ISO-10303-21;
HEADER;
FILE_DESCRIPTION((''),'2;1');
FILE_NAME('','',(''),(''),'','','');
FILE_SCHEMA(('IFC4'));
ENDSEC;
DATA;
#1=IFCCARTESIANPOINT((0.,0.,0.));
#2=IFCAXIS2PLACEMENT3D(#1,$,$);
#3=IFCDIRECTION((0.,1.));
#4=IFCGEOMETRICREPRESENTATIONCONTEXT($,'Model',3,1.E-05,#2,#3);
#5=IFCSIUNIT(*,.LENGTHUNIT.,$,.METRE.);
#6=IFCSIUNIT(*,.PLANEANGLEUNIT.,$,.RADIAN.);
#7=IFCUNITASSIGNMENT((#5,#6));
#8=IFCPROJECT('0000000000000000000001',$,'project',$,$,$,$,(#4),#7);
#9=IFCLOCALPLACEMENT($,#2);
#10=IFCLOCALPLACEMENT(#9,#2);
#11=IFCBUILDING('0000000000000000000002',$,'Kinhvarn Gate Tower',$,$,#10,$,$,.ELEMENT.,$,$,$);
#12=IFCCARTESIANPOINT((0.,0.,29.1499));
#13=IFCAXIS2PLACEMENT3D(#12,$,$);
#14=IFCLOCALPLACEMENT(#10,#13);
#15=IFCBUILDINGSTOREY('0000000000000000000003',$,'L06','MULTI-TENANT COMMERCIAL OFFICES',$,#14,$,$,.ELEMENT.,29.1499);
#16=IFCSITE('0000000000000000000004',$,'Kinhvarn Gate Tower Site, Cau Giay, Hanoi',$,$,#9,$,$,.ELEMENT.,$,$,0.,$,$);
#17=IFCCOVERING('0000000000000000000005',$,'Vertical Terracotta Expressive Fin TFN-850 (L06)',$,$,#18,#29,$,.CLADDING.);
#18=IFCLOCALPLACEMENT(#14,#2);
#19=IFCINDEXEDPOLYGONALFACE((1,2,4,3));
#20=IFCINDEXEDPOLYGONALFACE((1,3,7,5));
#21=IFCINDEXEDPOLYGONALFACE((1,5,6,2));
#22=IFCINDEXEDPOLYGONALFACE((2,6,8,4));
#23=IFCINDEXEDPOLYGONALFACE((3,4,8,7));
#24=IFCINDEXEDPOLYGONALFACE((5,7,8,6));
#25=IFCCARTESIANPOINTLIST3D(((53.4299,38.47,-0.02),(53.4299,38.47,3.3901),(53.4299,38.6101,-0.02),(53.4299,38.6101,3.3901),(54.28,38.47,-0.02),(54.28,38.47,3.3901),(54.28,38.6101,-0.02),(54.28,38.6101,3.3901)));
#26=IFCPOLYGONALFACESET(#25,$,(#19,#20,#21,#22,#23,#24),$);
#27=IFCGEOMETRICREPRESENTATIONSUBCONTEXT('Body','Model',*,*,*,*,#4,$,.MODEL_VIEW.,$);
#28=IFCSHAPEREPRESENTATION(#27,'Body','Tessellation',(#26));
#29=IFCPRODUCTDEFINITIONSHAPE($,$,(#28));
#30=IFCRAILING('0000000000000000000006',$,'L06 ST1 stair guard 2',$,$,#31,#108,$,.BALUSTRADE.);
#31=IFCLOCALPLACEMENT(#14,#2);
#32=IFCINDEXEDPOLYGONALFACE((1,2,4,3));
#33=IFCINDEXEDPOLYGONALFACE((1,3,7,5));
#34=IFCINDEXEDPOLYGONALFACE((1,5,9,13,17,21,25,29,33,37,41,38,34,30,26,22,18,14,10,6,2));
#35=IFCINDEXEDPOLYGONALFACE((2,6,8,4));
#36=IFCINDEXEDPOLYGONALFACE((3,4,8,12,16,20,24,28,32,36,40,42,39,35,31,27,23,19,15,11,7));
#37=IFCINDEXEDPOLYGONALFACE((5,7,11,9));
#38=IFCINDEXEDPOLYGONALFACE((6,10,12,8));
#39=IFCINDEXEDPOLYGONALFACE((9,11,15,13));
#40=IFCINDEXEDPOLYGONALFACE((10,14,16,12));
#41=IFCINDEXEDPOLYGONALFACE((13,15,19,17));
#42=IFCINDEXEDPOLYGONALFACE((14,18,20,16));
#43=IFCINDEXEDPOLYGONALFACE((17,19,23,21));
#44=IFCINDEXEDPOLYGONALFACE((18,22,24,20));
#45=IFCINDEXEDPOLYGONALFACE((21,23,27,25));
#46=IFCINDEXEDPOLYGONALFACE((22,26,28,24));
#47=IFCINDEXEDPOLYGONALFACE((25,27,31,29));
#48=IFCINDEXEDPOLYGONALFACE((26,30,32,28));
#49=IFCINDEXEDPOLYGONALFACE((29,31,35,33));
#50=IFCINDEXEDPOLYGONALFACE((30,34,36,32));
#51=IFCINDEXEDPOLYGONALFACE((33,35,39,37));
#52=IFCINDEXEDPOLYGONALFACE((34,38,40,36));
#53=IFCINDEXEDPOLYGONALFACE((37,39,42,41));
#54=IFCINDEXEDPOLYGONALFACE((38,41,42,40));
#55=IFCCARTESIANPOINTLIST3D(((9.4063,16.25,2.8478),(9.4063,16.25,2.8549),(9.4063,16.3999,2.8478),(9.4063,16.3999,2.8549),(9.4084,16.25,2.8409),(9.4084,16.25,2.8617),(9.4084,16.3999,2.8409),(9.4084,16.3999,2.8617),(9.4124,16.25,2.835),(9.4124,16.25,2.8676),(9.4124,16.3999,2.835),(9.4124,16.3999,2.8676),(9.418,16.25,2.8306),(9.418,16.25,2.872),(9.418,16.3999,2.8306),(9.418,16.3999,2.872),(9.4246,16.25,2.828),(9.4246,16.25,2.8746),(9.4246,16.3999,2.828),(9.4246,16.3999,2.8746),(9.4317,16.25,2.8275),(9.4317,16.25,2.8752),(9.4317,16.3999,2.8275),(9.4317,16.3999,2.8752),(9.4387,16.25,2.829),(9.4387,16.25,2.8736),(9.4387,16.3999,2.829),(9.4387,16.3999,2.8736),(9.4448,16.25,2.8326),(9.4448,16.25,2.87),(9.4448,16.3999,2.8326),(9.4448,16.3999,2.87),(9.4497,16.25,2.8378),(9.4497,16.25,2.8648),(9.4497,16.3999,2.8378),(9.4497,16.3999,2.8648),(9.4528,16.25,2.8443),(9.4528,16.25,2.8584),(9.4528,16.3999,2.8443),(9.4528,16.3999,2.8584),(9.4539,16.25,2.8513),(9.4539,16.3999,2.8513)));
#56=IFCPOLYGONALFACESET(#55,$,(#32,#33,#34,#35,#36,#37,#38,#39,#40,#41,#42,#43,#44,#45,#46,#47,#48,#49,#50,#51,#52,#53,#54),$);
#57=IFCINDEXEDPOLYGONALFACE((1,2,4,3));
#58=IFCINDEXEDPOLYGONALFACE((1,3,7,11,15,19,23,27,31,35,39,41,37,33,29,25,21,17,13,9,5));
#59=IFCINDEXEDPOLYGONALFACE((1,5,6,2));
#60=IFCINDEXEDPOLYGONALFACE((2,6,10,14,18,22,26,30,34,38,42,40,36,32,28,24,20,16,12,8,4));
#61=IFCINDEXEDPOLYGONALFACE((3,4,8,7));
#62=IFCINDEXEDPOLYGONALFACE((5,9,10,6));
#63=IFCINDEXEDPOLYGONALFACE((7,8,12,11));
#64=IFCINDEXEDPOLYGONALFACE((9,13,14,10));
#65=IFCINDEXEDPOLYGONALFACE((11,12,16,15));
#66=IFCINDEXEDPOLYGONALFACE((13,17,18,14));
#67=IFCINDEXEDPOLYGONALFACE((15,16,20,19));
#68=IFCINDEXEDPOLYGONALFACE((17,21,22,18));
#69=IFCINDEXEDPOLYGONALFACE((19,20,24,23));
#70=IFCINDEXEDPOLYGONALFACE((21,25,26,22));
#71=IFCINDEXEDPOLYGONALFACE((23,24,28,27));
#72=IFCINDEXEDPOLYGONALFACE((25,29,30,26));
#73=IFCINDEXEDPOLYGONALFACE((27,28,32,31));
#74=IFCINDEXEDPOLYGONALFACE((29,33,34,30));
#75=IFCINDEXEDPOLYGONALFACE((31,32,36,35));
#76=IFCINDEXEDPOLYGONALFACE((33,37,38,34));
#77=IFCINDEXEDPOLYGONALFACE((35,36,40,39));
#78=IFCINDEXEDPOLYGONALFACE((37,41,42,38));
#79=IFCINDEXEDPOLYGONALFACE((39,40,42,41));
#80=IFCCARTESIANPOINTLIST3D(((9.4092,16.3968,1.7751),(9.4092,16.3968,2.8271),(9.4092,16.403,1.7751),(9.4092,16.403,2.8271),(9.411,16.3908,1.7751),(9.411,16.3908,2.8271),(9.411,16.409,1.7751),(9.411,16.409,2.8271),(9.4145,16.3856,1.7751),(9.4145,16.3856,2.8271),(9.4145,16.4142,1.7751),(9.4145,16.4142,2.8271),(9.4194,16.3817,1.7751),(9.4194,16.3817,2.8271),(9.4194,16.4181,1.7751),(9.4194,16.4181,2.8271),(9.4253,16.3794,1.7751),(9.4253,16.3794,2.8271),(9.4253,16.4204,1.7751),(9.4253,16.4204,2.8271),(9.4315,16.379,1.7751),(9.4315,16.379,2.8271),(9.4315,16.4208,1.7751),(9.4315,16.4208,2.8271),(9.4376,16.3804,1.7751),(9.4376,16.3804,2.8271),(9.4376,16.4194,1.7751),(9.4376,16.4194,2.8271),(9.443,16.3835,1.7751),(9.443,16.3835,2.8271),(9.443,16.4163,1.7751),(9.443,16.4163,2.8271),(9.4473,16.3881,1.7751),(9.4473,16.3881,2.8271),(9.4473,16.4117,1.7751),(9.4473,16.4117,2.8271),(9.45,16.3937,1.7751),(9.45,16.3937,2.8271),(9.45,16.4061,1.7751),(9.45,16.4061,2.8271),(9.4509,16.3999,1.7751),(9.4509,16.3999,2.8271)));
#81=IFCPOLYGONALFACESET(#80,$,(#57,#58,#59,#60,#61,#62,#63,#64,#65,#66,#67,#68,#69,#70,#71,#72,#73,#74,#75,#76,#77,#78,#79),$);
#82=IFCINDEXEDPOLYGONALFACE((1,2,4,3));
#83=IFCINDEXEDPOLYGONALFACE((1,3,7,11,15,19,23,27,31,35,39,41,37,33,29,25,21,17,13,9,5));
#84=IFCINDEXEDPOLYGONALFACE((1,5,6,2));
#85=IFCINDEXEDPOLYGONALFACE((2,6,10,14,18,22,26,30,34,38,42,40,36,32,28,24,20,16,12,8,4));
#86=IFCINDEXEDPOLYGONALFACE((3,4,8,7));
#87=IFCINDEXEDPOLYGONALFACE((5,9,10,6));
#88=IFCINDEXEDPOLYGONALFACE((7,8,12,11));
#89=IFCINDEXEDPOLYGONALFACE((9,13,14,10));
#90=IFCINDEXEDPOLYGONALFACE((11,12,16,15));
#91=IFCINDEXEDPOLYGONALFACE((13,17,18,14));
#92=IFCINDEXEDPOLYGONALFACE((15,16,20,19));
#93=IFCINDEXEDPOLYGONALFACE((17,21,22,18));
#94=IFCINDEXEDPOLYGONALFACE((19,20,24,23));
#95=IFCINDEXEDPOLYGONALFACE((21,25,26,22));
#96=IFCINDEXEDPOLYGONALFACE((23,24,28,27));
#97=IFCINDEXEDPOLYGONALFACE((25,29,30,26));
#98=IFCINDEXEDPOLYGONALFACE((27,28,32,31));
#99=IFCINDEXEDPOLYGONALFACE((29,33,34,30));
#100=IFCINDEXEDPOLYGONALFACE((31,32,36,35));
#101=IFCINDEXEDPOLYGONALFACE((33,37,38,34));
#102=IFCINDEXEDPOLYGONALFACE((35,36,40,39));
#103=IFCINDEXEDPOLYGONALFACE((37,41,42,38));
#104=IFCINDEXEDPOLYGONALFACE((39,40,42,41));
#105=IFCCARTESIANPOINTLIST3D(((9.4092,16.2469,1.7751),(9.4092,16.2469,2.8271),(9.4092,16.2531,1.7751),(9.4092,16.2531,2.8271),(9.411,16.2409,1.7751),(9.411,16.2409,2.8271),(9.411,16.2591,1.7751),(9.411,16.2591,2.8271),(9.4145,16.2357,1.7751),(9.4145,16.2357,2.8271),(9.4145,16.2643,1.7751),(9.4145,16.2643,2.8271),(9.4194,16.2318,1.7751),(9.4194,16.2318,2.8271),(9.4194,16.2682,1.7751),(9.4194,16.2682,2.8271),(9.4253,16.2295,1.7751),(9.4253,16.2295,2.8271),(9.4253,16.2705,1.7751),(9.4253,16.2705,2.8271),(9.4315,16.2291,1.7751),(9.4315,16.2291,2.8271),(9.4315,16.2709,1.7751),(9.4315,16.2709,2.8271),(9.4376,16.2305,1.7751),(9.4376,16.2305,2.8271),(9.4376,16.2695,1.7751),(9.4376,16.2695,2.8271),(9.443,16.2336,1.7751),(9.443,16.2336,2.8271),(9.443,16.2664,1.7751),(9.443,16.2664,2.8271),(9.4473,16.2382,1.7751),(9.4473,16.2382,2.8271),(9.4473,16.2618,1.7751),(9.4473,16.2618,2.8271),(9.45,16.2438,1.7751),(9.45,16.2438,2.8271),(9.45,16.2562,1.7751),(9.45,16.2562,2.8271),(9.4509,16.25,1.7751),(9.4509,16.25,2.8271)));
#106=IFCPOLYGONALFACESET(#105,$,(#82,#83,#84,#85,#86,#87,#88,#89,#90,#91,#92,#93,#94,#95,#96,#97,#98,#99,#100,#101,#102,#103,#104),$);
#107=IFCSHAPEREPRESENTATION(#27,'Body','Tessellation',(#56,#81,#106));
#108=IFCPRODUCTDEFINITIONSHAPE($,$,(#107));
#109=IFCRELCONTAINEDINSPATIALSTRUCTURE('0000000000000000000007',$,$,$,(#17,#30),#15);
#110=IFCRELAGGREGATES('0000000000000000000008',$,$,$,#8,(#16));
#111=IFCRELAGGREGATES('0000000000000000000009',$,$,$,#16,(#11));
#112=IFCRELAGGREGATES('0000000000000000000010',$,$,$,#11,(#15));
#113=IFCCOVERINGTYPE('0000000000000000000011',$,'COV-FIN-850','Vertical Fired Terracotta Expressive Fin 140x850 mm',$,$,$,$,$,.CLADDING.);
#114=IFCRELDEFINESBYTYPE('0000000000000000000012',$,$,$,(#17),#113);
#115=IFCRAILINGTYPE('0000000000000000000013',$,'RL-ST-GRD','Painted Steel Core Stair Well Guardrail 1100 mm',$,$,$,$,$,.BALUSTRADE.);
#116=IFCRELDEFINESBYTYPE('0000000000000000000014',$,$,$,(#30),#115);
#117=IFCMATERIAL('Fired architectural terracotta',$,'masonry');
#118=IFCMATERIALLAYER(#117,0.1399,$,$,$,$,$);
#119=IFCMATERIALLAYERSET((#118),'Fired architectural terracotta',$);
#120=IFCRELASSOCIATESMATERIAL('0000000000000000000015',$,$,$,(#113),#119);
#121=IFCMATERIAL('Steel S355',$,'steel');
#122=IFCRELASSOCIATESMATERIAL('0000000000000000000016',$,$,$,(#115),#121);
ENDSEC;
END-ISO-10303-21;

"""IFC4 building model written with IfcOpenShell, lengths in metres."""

from ifc_helpers import new_model, si_unit, direction, frame, origin, origin_2d, place, context, subcontext, project, spatial, polyline, circle, outline, extrude, material, layer, layer_set, type_object, element, save


model = new_model("IFC4")

# Units and contexts
model_context = context("Model", 3, precision=1e-05, world=origin(), true_north=direction((0.0, 1.0)))
body_context = subcontext(model_context, "Body", "Model", "MODEL_VIEW")
ifc_project = project(units=[si_unit("LENGTHUNIT", "METRE"), si_unit("PLANEANGLEUNIT", "RADIAN")], contexts=[model_context])

# Site, building, storey
site_placement = place(None, origin())
site = spatial("IfcSite", under=ifc_project, at=site_placement, Name="Kinhvarn Gate Tower Site, Cau Giay, Hanoi", CompositionType="ELEMENT", RefElevation=0.0)
building_placement = place(site_placement, origin())
building = spatial("IfcBuilding", under=site, at=building_placement, Name="Kinhvarn Gate Tower", CompositionType="ELEMENT")
storey_placement = place(building_placement, frame((0.0, 0.0, 29.1499)))
storey = spatial("IfcBuildingStorey", under=building, at=storey_placement, Name="L06", Description="MULTI-TENANT COMMERCIAL OFFICES", CompositionType="ELEMENT", Elevation=29.1499)

# Shared definitions
ifc_material_1 = material(Name="Steel S355", Category="steel")

# Shared definitions
ifc_material_2 = material(Name="Fired architectural terracotta", Category="masonry")

# Covering
ifc_layer_1 = layer(ifc_material_2, 0.1399)
ifc_layer_set_1 = layer_set([ifc_layer_1], Name="Fired architectural terracotta")
covering_type_1 = type_object("IfcCoveringType", Name="COV-FIN-850", Description="Vertical Fired Terracotta Expressive Fin 140x850 mm", PredefinedType="CLADDING", material=ifc_layer_set_1)
covering_1_placement = place(storey_placement, frame((0.0, 0.0, -0.02)))
element("IfcCovering", 1, at=covering_1_placement, inside=storey, type_object=covering_type_1, Name="Vertical Terracotta Expressive Fin TFN-850 (L06)", PredefinedType="CLADDING", context=body_context, shape_type="SweptSolid", body=[
    extrude(outline(polyline([(53.4299, 38.47), (53.4299, 38.6101), (54.28, 38.6101), (54.28, 38.47), (53.4299, 38.47)])), origin(), (0.0, 0.0, 1.0), 3.4102),
])

# Railing
railing_type_1 = type_object("IfcRailingType", Name="RL-ST-GRD", Description="Painted Steel Core Stair Well Guardrail 1100 mm", PredefinedType="BALUSTRADE", material=ifc_material_1)
railing_1_placement = place(storey_placement, frame((9.4299, 16.3999, 1.7751)))
element("IfcRailing", 2, at=railing_1_placement, inside=storey, type_object=railing_type_1, Name="L06 ST1 stair guard 2", PredefinedType="BALUSTRADE", context=body_context, shape_type="SweptSolid", body=[
    extrude(circle(Radius=0.0239, at=origin_2d()), frame((0.0, 0.0, 1.0762), z_axis=(0.0, -1.0, 0.0), x_axis=(1.0, 0.0, 0.0)), (0.0, 0.0, 1.0), 0.1499),
    extrude(circle(Radius=0.021, at=origin_2d()), origin(), (0.0, 0.0, 1.0), 1.052),
    extrude(circle(Radius=0.021, at=origin_2d()), frame((0.0, -0.1499, 0.0)), (0.0, 0.0, 1.0), 1.052),
])

save(model, "model.ifc")
